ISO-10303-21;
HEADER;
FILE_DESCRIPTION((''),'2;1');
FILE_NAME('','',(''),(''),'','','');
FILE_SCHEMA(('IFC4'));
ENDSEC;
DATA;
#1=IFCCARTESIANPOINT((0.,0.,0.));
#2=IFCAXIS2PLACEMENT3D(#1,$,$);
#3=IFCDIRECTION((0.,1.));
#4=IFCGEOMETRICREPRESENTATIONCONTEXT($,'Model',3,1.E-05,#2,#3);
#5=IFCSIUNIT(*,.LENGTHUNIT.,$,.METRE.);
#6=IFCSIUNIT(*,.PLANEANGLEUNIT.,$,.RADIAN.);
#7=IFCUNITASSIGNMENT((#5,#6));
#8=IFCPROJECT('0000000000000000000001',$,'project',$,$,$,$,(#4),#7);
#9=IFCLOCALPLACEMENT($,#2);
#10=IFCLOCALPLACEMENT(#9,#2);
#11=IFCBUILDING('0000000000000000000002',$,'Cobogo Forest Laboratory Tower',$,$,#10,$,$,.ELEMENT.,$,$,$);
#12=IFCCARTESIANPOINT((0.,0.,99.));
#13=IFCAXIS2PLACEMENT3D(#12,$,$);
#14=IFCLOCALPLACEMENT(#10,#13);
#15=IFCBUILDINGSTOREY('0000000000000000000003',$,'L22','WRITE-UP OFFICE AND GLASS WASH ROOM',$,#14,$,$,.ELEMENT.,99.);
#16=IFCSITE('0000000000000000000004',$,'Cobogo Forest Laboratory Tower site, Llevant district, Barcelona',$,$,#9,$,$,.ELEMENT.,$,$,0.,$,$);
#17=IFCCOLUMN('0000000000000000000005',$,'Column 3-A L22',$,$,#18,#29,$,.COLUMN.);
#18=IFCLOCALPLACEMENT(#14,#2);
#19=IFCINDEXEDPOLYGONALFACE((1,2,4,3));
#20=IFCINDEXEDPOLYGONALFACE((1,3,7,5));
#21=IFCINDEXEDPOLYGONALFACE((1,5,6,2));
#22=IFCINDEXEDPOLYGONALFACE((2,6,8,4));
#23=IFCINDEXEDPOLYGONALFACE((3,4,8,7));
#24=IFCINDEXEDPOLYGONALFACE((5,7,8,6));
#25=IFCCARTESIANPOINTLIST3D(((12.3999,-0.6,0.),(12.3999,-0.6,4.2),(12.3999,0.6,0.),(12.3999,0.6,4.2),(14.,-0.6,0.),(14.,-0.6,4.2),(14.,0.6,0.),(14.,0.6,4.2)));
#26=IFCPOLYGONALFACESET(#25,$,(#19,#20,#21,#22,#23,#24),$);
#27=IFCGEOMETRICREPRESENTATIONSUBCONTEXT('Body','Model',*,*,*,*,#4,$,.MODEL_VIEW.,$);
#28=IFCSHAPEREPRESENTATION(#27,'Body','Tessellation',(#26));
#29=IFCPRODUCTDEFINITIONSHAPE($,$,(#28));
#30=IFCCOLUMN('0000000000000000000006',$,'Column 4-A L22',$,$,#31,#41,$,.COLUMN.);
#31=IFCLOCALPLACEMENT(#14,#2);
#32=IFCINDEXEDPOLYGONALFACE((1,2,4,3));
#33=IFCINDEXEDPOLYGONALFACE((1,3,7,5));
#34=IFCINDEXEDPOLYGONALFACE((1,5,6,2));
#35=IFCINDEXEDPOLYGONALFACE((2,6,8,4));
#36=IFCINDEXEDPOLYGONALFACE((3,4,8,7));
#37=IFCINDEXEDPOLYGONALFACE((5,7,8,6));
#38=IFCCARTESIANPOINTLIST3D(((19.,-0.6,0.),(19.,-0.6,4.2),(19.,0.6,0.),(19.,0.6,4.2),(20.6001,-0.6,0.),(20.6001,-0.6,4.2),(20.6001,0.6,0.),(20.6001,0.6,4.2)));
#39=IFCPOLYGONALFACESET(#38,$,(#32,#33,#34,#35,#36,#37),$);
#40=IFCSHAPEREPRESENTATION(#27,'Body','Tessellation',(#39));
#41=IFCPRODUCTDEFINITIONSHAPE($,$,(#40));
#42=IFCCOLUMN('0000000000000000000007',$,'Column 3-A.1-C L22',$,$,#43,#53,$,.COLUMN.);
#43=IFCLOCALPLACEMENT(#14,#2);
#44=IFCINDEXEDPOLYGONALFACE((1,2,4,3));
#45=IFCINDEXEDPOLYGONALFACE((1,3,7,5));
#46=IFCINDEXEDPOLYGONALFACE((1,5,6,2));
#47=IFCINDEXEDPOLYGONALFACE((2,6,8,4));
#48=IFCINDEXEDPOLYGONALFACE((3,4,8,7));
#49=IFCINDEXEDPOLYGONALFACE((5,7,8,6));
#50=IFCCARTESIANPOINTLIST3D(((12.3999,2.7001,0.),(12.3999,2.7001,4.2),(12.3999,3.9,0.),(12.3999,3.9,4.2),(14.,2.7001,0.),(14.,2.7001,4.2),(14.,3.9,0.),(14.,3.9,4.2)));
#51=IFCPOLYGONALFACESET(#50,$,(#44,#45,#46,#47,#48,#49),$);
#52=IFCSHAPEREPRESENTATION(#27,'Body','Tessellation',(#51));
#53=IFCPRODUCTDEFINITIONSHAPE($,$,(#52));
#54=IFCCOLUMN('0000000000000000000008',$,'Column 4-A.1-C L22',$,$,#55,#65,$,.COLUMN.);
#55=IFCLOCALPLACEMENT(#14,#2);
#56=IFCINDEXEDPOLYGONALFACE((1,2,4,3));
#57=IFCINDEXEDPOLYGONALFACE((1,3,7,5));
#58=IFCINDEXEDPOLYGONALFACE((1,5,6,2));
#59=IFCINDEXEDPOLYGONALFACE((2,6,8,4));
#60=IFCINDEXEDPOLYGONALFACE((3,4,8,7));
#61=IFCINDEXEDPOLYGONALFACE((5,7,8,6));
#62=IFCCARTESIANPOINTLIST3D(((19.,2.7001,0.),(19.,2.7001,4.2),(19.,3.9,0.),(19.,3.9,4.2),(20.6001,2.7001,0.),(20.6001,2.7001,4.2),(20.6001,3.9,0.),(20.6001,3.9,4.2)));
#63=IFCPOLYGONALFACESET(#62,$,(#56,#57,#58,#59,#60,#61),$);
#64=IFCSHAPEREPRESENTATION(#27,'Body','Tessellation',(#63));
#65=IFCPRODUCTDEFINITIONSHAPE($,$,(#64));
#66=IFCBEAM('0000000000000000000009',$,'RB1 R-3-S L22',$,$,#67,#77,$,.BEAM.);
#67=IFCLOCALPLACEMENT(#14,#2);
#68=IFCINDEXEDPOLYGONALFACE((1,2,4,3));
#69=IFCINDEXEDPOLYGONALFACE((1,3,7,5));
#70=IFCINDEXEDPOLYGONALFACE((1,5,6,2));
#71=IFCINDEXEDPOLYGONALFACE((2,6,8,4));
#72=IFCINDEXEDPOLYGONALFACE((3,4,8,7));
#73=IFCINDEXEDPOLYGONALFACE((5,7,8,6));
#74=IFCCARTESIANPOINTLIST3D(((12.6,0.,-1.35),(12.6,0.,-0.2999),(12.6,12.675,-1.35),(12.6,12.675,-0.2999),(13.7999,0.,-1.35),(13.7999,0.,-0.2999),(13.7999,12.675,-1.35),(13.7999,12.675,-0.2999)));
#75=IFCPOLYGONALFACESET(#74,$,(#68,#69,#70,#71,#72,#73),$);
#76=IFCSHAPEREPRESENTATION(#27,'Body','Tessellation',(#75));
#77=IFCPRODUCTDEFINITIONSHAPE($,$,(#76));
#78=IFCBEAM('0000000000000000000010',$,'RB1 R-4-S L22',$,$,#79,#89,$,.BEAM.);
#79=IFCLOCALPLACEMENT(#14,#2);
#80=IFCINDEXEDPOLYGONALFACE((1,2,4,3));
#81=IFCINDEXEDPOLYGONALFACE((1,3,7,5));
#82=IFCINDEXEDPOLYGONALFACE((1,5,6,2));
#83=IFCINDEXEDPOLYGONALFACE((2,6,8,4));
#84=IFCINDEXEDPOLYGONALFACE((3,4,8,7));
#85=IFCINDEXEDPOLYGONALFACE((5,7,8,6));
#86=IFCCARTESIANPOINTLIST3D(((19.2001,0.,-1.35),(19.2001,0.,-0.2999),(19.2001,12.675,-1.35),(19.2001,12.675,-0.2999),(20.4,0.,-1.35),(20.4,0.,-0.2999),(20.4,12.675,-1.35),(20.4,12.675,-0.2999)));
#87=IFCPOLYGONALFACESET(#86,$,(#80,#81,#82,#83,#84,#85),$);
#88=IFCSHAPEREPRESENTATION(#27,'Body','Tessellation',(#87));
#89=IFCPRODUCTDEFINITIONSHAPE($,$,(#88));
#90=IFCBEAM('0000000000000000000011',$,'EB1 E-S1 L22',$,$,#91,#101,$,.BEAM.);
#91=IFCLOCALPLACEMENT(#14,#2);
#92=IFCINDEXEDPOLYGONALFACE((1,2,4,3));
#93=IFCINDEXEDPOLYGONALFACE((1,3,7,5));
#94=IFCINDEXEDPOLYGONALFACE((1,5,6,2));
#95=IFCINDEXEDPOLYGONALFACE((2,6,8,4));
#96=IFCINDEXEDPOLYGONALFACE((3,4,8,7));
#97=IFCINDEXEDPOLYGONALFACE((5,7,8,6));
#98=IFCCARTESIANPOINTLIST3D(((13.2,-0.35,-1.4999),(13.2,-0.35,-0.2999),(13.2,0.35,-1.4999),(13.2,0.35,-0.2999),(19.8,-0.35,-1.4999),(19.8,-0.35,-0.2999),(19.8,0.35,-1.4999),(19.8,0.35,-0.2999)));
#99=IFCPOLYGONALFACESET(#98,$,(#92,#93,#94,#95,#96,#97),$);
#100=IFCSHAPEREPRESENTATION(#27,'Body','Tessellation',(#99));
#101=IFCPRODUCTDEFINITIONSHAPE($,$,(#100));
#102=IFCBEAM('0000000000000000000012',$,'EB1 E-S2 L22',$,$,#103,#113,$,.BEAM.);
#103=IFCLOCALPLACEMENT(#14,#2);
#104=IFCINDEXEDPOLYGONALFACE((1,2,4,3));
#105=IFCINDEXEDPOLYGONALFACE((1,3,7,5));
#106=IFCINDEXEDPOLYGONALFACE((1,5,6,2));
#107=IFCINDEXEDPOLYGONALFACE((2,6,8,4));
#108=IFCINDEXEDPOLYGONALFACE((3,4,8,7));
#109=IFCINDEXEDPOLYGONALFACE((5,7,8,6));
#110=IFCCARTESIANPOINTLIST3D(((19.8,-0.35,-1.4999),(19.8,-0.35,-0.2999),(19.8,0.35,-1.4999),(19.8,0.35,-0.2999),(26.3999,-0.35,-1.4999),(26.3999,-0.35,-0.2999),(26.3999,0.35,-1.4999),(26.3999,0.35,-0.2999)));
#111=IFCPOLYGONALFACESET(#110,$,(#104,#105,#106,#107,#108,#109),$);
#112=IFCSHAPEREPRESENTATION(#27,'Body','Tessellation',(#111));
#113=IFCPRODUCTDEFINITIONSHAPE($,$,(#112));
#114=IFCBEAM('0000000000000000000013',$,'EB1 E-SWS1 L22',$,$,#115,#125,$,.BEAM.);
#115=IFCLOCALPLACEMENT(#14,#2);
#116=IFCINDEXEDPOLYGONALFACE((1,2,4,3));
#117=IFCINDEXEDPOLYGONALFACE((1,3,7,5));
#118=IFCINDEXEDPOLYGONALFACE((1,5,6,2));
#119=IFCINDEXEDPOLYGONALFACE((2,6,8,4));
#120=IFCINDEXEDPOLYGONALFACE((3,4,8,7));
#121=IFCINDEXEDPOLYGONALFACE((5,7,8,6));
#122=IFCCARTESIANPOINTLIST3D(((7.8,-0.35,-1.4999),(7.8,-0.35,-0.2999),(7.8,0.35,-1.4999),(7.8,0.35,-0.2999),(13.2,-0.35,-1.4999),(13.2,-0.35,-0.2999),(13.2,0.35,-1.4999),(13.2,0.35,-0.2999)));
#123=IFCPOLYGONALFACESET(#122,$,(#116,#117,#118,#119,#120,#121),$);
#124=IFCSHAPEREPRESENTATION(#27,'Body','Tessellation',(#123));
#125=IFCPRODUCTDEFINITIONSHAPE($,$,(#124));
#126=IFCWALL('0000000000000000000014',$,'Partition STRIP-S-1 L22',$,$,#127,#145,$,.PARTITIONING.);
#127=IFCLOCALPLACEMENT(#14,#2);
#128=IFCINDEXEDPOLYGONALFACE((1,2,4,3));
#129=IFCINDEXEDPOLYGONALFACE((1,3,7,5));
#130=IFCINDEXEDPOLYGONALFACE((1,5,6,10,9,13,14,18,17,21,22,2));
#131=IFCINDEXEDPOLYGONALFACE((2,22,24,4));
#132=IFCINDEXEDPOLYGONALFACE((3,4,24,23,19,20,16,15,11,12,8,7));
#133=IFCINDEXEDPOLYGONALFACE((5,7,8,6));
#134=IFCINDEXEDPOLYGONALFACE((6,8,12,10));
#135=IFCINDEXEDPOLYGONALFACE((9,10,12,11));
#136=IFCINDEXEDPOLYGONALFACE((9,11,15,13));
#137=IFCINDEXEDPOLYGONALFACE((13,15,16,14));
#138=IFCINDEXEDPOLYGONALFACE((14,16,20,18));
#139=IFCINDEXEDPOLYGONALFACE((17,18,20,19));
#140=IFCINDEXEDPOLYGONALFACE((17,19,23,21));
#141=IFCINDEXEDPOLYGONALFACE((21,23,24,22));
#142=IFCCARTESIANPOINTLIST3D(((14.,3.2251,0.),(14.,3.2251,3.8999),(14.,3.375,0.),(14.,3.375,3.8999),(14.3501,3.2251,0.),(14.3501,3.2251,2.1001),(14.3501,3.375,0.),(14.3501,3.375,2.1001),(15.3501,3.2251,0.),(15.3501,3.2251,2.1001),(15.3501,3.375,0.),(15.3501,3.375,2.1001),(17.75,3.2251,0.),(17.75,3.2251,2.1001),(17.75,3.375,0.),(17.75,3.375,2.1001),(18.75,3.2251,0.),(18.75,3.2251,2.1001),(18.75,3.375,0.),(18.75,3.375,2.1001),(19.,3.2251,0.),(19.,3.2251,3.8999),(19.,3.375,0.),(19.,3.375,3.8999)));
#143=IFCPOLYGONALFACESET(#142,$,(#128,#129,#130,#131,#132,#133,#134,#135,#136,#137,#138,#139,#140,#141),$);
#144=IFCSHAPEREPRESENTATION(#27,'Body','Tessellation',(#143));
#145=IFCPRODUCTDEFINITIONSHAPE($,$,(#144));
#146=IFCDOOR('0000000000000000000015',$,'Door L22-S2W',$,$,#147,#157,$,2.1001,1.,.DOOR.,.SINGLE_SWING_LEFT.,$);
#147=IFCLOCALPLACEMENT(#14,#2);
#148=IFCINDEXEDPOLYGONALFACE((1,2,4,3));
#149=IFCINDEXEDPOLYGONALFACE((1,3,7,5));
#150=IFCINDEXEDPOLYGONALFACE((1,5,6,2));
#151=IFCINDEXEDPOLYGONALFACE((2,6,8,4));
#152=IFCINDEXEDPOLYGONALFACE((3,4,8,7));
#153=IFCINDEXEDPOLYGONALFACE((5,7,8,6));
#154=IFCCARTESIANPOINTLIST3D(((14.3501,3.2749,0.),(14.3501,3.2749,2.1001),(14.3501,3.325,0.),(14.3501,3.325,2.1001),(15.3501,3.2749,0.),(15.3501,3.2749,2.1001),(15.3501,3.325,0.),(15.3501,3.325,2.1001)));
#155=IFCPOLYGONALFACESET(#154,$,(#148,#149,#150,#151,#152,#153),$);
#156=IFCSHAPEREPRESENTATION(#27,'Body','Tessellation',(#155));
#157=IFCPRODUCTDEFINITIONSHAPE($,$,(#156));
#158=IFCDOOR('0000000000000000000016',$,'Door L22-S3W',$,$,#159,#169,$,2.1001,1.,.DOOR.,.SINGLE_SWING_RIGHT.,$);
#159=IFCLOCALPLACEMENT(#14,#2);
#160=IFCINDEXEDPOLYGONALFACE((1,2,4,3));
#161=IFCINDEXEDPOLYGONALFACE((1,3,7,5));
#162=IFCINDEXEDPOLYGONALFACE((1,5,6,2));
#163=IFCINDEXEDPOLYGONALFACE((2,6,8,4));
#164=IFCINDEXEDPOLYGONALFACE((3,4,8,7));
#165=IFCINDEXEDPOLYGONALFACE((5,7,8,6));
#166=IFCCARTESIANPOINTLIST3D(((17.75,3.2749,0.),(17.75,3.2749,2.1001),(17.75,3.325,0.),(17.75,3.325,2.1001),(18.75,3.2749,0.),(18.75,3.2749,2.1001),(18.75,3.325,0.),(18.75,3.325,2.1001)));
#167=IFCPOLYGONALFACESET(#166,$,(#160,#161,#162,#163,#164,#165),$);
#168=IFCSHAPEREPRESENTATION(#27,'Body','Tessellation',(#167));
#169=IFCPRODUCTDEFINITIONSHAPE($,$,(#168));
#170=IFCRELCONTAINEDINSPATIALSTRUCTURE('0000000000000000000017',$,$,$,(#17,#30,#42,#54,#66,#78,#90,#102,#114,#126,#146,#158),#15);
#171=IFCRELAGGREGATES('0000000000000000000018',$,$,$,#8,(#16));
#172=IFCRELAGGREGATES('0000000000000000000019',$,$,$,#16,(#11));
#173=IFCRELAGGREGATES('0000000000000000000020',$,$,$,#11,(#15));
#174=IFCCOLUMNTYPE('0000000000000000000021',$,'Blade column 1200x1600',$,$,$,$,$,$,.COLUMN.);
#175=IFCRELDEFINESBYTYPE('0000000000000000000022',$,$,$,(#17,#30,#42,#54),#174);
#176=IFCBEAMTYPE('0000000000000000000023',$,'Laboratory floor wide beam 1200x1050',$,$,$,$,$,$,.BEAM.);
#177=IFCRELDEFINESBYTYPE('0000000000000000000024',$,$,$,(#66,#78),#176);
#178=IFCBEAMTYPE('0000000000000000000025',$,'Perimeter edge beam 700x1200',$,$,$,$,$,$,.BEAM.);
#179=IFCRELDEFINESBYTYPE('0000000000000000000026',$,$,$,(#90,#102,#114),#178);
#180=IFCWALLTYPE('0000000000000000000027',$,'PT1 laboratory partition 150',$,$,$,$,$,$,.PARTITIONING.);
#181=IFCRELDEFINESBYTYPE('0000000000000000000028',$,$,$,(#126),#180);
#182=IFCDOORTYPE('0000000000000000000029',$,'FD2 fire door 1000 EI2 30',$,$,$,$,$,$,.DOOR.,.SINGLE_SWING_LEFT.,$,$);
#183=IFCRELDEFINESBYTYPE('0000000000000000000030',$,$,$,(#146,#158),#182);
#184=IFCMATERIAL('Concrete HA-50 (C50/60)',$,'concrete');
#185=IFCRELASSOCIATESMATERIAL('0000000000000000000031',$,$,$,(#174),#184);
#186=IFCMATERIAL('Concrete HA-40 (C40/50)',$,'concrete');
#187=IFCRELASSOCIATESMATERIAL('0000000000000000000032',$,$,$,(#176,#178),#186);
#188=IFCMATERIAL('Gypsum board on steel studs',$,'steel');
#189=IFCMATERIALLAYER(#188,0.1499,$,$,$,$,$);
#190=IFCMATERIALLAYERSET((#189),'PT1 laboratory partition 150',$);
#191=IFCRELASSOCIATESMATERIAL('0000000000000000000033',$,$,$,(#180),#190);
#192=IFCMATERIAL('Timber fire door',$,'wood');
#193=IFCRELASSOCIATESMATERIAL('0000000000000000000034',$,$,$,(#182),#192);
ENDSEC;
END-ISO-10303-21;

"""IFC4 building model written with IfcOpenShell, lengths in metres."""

from ifc_helpers import new_model, si_unit, direction, frame, frame_2d, origin, origin_2d, place, context, subcontext, project, spatial, rectangle, extrude, material, layer, layer_set, material_profile, profile_set, type_object, element, fill, save


model = new_model("IFC4")

# Units and contexts
model_context = context("Model", 3, precision=1e-05, world=origin(), true_north=direction((0.0, 1.0)))
body_context = subcontext(model_context, "Body", "Model", "MODEL_VIEW")
ifc_project = project(units=[si_unit("LENGTHUNIT", "METRE"), si_unit("PLANEANGLEUNIT", "RADIAN")], contexts=[model_context])

# Site, building, storey
site_placement = place(None, origin())
site = spatial("IfcSite", under=ifc_project, at=site_placement, Name="Cobogo Forest Laboratory Tower site, Llevant district, Barcelona", CompositionType="ELEMENT", RefElevation=0.0)
building_placement = place(site_placement, origin())
building = spatial("IfcBuilding", under=site, at=building_placement, Name="Cobogo Forest Laboratory Tower", CompositionType="ELEMENT")
storey_placement = place(building_placement, frame((0.0, 0.0, 99.0)))
storey = spatial("IfcBuildingStorey", under=building, at=storey_placement, Name="L22", Description="WRITE-UP OFFICE AND GLASS WASH ROOM", CompositionType="ELEMENT", Elevation=99.0)

# Columns
ifc_material_1 = material(Name="Concrete HA-50 (C50/60)", Category="concrete")
ifc_material_profile_1 = material_profile(ifc_material_1, rectangle(XDim=1.6001, YDim=1.2, at=origin_2d()), Name="RC 1200x1600")
ifc_profile_set_1 = profile_set([ifc_material_profile_1], Name="Concrete HA-50 (C50/60)")
column_type = type_object("IfcColumnType", Name="Blade column 1200x1600", PredefinedType="COLUMN", material=ifc_profile_set_1)
for number, where, z_axis, x_axis, name in (
    (1, (13.2, 0.0, 0.0), (0.0, 0.0, 1.0), (1.0, 0.0, 0.0), "Column 3-A L22"),
    (2, (19.8, 0.0, 0.0), (0.0, 0.0, 1.0), (1.0, 0.0, 0.0), "Column 4-A L22"),
    (3, (13.2, 3.3, 0.0), (0.0, 0.0, 1.0), (1.0, 0.0, 0.0), "Column 3-A.1-C L22"),
    (4, (19.8, 3.3, 0.0), (0.0, 0.0, 1.0), (1.0, 0.0, 0.0), "Column 4-A.1-C L22"),
):
    element("IfcColumn", number, at=place(storey_placement, frame(where, z_axis=z_axis, x_axis=x_axis)), inside=storey, type_object=column_type, Name=name, PredefinedType="COLUMN", context=body_context, shape_type="SweptSolid", body=[
        extrude(rectangle(XDim=1.6001, YDim=1.2, at=origin_2d()), origin(), (0.0, 0.0, 1.0), 4.2),
    ])

# Beams
ifc_material_2 = material(Name="Concrete HA-40 (C40/50)", Category="concrete")
ifc_material_profile_2 = material_profile(ifc_material_2, rectangle(XDim=1.2, YDim=1.05, at=origin_2d()), Name="RC 1200x1050")
ifc_profile_set_2 = profile_set([ifc_material_profile_2], Name="Concrete HA-40 (C40/50)")
beam_type_1 = type_object("IfcBeamType", Name="Laboratory floor wide beam 1200x1050", PredefinedType="BEAM", material=ifc_profile_set_2)
for number, where, z_axis, x_axis, name in (
    (5, (13.2, 12.675, -0.825), (0.0, -1.0, 0.0), (1.0, 0.0, 0.0), "RB1 R-3-S L22"),
    (6, (19.8, 12.675, -0.825), (0.0, -1.0, 0.0), (1.0, 0.0, 0.0), "RB1 R-4-S L22"),
):
    element("IfcBeam", number, at=place(storey_placement, frame(where, z_axis=z_axis, x_axis=x_axis)), inside=storey, type_object=beam_type_1, Name=name, PredefinedType="BEAM", context=body_context, shape_type="SweptSolid", body=[
        extrude(rectangle(XDim=1.2, YDim=1.05, at=origin_2d()), origin(), (0.0, 0.0, 1.0), 12.675),
    ])
ifc_material_profile_3 = material_profile(ifc_material_2, rectangle(XDim=0.7, YDim=1.2, at=origin_2d()), Name="RC 700x1200")
ifc_profile_set_3 = profile_set([ifc_material_profile_3], Name="Concrete HA-40 (C40/50)")
beam_type_2 = type_object("IfcBeamType", Name="Perimeter edge beam 700x1200", PredefinedType="BEAM", material=ifc_profile_set_3)
beam_1_placement = place(storey_placement, frame((13.2, 0.0, -0.8999), z_axis=(1.0, 0.0, 0.0), x_axis=(0.0, 1.0, 0.0)))
element("IfcBeam", 7, at=beam_1_placement, inside=storey, type_object=beam_type_2, Name="EB1 E-S1 L22", PredefinedType="BEAM", context=body_context, shape_type="SweptSolid", body=[
    extrude(rectangle(XDim=0.7, YDim=1.2, at=origin_2d()), origin(), (0.0, 0.0, 1.0), 6.6001),
])
beam_2_placement = place(storey_placement, frame((19.8, 0.0, -0.8999), z_axis=(1.0, 0.0, 0.0), x_axis=(0.0, 1.0, 0.0)))
element("IfcBeam", 8, at=beam_2_placement, inside=storey, type_object=beam_type_2, Name="EB1 E-S2 L22", PredefinedType="BEAM", context=body_context, shape_type="SweptSolid", body=[
    extrude(rectangle(XDim=0.7, YDim=1.2, at=origin_2d()), origin(), (0.0, 0.0, 1.0), 6.5999),
])
beam_3_placement = place(storey_placement, frame((13.2, 0.0, -0.8999), z_axis=(-1.0, 0.0, 0.0), x_axis=(0.0, -1.0, 0.0)))
element("IfcBeam", 9, at=beam_3_placement, inside=storey, type_object=beam_type_2, Name="EB1 E-SWS1 L22", PredefinedType="BEAM", context=body_context, shape_type="SweptSolid", body=[
    extrude(rectangle(XDim=0.7, YDim=1.2, at=origin_2d()), origin(), (0.0, 0.0, 1.0), 5.3999),
])

# Wall, openings, doors
ifc_material_3 = material(Name="Gypsum board on steel studs", Category="steel")
ifc_layer_1 = layer(ifc_material_3, 0.1499)
ifc_layer_set_1 = layer_set([ifc_layer_1], Name="PT1 laboratory partition 150")
wall_type_1 = type_object("IfcWallType", Name="PT1 laboratory partition 150", PredefinedType="PARTITIONING", material=ifc_layer_set_1)
wall_1_placement = place(storey_placement, frame((14.0, 3.3, 0.0), z_axis=(0.0, 0.0, 1.0), x_axis=(1.0, 0.0, 0.0)))
wall_1 = element("IfcWall", 10, at=wall_1_placement, inside=storey, type_object=wall_type_1, Name="Partition STRIP-S-1 L22", PredefinedType="PARTITIONING", context=body_context, shape_type="SweptSolid", body=[
    extrude(rectangle(XDim=5.0, YDim=0.1499, at=frame_2d((2.5, 0.0))), origin(), (0.0, 0.0, 1.0), 3.8999),
])
opening_1_placement = place(wall_1_placement, frame((0.3501, 0.0, 0.0)))
opening_1 = element("IfcOpeningElement", 11, at=opening_1_placement, cuts=wall_1, PredefinedType="OPENING", context=body_context, shape_type="SweptSolid", body=[
    extrude(rectangle(XDim=1.0, YDim=2.1001, at=frame_2d((0.5, 1.05))), frame((0.0, 0.085, 0.0), z_axis=(0.0, -1.0, 0.0), x_axis=(1.0, 0.0, 0.0)), (0.0, 0.0, 1.0), 0.1699),
])
opening_2_placement = place(wall_1_placement, frame((3.75, 0.0, 0.0)))
opening_2 = element("IfcOpeningElement", 12, at=opening_2_placement, cuts=wall_1, PredefinedType="OPENING", context=body_context, shape_type="SweptSolid", body=[
    extrude(rectangle(XDim=1.0, YDim=2.1001, at=frame_2d((0.5, 1.05))), frame((0.0, 0.085, 0.0), z_axis=(0.0, -1.0, 0.0), x_axis=(1.0, 0.0, 0.0)), (0.0, 0.0, 1.0), 0.1699),
])
ifc_material_4 = material(Name="Timber fire door", Category="wood")
door_type_1 = type_object("IfcDoorType", Name="FD2 fire door 1000 EI2 30", OperationType="SINGLE_SWING_LEFT", PredefinedType="DOOR", material=ifc_material_4)
door_1_placement = place(opening_1_placement, origin())
door_1 = element("IfcDoor", 13, at=door_1_placement, inside=storey, type_object=door_type_1, Name="Door L22-S2W", OperationType="SINGLE_SWING_LEFT", OverallHeight=2.1001, OverallWidth=1.0, PredefinedType="DOOR", context=body_context, shape_type="SweptSolid", body=[
    extrude(rectangle(XDim=1.0, YDim=2.1001, at=frame_2d((0.5, 1.05))), frame((0.0, 0.0249, 0.0), z_axis=(0.0, -1.0, 0.0), x_axis=(1.0, 0.0, 0.0)), (0.0, 0.0, 1.0), 0.05),
])
fill(opening_1, door_1)
door_2_placement = place(opening_2_placement, origin())
door_2 = element("IfcDoor", 14, at=door_2_placement, inside=storey, type_object=door_type_1, Name="Door L22-S3W", OperationType="SINGLE_SWING_RIGHT", OverallHeight=2.1001, OverallWidth=1.0, PredefinedType="DOOR", context=body_context, shape_type="SweptSolid", body=[
    extrude(rectangle(XDim=1.0, YDim=2.1001, at=frame_2d((0.5, 1.05))), frame((0.0, 0.0249, 0.0), z_axis=(0.0, -1.0, 0.0), x_axis=(1.0, 0.0, 0.0)), (0.0, 0.0, 1.0), 0.05),
])
fill(opening_2, door_2)

save(model, "model.ifc")
